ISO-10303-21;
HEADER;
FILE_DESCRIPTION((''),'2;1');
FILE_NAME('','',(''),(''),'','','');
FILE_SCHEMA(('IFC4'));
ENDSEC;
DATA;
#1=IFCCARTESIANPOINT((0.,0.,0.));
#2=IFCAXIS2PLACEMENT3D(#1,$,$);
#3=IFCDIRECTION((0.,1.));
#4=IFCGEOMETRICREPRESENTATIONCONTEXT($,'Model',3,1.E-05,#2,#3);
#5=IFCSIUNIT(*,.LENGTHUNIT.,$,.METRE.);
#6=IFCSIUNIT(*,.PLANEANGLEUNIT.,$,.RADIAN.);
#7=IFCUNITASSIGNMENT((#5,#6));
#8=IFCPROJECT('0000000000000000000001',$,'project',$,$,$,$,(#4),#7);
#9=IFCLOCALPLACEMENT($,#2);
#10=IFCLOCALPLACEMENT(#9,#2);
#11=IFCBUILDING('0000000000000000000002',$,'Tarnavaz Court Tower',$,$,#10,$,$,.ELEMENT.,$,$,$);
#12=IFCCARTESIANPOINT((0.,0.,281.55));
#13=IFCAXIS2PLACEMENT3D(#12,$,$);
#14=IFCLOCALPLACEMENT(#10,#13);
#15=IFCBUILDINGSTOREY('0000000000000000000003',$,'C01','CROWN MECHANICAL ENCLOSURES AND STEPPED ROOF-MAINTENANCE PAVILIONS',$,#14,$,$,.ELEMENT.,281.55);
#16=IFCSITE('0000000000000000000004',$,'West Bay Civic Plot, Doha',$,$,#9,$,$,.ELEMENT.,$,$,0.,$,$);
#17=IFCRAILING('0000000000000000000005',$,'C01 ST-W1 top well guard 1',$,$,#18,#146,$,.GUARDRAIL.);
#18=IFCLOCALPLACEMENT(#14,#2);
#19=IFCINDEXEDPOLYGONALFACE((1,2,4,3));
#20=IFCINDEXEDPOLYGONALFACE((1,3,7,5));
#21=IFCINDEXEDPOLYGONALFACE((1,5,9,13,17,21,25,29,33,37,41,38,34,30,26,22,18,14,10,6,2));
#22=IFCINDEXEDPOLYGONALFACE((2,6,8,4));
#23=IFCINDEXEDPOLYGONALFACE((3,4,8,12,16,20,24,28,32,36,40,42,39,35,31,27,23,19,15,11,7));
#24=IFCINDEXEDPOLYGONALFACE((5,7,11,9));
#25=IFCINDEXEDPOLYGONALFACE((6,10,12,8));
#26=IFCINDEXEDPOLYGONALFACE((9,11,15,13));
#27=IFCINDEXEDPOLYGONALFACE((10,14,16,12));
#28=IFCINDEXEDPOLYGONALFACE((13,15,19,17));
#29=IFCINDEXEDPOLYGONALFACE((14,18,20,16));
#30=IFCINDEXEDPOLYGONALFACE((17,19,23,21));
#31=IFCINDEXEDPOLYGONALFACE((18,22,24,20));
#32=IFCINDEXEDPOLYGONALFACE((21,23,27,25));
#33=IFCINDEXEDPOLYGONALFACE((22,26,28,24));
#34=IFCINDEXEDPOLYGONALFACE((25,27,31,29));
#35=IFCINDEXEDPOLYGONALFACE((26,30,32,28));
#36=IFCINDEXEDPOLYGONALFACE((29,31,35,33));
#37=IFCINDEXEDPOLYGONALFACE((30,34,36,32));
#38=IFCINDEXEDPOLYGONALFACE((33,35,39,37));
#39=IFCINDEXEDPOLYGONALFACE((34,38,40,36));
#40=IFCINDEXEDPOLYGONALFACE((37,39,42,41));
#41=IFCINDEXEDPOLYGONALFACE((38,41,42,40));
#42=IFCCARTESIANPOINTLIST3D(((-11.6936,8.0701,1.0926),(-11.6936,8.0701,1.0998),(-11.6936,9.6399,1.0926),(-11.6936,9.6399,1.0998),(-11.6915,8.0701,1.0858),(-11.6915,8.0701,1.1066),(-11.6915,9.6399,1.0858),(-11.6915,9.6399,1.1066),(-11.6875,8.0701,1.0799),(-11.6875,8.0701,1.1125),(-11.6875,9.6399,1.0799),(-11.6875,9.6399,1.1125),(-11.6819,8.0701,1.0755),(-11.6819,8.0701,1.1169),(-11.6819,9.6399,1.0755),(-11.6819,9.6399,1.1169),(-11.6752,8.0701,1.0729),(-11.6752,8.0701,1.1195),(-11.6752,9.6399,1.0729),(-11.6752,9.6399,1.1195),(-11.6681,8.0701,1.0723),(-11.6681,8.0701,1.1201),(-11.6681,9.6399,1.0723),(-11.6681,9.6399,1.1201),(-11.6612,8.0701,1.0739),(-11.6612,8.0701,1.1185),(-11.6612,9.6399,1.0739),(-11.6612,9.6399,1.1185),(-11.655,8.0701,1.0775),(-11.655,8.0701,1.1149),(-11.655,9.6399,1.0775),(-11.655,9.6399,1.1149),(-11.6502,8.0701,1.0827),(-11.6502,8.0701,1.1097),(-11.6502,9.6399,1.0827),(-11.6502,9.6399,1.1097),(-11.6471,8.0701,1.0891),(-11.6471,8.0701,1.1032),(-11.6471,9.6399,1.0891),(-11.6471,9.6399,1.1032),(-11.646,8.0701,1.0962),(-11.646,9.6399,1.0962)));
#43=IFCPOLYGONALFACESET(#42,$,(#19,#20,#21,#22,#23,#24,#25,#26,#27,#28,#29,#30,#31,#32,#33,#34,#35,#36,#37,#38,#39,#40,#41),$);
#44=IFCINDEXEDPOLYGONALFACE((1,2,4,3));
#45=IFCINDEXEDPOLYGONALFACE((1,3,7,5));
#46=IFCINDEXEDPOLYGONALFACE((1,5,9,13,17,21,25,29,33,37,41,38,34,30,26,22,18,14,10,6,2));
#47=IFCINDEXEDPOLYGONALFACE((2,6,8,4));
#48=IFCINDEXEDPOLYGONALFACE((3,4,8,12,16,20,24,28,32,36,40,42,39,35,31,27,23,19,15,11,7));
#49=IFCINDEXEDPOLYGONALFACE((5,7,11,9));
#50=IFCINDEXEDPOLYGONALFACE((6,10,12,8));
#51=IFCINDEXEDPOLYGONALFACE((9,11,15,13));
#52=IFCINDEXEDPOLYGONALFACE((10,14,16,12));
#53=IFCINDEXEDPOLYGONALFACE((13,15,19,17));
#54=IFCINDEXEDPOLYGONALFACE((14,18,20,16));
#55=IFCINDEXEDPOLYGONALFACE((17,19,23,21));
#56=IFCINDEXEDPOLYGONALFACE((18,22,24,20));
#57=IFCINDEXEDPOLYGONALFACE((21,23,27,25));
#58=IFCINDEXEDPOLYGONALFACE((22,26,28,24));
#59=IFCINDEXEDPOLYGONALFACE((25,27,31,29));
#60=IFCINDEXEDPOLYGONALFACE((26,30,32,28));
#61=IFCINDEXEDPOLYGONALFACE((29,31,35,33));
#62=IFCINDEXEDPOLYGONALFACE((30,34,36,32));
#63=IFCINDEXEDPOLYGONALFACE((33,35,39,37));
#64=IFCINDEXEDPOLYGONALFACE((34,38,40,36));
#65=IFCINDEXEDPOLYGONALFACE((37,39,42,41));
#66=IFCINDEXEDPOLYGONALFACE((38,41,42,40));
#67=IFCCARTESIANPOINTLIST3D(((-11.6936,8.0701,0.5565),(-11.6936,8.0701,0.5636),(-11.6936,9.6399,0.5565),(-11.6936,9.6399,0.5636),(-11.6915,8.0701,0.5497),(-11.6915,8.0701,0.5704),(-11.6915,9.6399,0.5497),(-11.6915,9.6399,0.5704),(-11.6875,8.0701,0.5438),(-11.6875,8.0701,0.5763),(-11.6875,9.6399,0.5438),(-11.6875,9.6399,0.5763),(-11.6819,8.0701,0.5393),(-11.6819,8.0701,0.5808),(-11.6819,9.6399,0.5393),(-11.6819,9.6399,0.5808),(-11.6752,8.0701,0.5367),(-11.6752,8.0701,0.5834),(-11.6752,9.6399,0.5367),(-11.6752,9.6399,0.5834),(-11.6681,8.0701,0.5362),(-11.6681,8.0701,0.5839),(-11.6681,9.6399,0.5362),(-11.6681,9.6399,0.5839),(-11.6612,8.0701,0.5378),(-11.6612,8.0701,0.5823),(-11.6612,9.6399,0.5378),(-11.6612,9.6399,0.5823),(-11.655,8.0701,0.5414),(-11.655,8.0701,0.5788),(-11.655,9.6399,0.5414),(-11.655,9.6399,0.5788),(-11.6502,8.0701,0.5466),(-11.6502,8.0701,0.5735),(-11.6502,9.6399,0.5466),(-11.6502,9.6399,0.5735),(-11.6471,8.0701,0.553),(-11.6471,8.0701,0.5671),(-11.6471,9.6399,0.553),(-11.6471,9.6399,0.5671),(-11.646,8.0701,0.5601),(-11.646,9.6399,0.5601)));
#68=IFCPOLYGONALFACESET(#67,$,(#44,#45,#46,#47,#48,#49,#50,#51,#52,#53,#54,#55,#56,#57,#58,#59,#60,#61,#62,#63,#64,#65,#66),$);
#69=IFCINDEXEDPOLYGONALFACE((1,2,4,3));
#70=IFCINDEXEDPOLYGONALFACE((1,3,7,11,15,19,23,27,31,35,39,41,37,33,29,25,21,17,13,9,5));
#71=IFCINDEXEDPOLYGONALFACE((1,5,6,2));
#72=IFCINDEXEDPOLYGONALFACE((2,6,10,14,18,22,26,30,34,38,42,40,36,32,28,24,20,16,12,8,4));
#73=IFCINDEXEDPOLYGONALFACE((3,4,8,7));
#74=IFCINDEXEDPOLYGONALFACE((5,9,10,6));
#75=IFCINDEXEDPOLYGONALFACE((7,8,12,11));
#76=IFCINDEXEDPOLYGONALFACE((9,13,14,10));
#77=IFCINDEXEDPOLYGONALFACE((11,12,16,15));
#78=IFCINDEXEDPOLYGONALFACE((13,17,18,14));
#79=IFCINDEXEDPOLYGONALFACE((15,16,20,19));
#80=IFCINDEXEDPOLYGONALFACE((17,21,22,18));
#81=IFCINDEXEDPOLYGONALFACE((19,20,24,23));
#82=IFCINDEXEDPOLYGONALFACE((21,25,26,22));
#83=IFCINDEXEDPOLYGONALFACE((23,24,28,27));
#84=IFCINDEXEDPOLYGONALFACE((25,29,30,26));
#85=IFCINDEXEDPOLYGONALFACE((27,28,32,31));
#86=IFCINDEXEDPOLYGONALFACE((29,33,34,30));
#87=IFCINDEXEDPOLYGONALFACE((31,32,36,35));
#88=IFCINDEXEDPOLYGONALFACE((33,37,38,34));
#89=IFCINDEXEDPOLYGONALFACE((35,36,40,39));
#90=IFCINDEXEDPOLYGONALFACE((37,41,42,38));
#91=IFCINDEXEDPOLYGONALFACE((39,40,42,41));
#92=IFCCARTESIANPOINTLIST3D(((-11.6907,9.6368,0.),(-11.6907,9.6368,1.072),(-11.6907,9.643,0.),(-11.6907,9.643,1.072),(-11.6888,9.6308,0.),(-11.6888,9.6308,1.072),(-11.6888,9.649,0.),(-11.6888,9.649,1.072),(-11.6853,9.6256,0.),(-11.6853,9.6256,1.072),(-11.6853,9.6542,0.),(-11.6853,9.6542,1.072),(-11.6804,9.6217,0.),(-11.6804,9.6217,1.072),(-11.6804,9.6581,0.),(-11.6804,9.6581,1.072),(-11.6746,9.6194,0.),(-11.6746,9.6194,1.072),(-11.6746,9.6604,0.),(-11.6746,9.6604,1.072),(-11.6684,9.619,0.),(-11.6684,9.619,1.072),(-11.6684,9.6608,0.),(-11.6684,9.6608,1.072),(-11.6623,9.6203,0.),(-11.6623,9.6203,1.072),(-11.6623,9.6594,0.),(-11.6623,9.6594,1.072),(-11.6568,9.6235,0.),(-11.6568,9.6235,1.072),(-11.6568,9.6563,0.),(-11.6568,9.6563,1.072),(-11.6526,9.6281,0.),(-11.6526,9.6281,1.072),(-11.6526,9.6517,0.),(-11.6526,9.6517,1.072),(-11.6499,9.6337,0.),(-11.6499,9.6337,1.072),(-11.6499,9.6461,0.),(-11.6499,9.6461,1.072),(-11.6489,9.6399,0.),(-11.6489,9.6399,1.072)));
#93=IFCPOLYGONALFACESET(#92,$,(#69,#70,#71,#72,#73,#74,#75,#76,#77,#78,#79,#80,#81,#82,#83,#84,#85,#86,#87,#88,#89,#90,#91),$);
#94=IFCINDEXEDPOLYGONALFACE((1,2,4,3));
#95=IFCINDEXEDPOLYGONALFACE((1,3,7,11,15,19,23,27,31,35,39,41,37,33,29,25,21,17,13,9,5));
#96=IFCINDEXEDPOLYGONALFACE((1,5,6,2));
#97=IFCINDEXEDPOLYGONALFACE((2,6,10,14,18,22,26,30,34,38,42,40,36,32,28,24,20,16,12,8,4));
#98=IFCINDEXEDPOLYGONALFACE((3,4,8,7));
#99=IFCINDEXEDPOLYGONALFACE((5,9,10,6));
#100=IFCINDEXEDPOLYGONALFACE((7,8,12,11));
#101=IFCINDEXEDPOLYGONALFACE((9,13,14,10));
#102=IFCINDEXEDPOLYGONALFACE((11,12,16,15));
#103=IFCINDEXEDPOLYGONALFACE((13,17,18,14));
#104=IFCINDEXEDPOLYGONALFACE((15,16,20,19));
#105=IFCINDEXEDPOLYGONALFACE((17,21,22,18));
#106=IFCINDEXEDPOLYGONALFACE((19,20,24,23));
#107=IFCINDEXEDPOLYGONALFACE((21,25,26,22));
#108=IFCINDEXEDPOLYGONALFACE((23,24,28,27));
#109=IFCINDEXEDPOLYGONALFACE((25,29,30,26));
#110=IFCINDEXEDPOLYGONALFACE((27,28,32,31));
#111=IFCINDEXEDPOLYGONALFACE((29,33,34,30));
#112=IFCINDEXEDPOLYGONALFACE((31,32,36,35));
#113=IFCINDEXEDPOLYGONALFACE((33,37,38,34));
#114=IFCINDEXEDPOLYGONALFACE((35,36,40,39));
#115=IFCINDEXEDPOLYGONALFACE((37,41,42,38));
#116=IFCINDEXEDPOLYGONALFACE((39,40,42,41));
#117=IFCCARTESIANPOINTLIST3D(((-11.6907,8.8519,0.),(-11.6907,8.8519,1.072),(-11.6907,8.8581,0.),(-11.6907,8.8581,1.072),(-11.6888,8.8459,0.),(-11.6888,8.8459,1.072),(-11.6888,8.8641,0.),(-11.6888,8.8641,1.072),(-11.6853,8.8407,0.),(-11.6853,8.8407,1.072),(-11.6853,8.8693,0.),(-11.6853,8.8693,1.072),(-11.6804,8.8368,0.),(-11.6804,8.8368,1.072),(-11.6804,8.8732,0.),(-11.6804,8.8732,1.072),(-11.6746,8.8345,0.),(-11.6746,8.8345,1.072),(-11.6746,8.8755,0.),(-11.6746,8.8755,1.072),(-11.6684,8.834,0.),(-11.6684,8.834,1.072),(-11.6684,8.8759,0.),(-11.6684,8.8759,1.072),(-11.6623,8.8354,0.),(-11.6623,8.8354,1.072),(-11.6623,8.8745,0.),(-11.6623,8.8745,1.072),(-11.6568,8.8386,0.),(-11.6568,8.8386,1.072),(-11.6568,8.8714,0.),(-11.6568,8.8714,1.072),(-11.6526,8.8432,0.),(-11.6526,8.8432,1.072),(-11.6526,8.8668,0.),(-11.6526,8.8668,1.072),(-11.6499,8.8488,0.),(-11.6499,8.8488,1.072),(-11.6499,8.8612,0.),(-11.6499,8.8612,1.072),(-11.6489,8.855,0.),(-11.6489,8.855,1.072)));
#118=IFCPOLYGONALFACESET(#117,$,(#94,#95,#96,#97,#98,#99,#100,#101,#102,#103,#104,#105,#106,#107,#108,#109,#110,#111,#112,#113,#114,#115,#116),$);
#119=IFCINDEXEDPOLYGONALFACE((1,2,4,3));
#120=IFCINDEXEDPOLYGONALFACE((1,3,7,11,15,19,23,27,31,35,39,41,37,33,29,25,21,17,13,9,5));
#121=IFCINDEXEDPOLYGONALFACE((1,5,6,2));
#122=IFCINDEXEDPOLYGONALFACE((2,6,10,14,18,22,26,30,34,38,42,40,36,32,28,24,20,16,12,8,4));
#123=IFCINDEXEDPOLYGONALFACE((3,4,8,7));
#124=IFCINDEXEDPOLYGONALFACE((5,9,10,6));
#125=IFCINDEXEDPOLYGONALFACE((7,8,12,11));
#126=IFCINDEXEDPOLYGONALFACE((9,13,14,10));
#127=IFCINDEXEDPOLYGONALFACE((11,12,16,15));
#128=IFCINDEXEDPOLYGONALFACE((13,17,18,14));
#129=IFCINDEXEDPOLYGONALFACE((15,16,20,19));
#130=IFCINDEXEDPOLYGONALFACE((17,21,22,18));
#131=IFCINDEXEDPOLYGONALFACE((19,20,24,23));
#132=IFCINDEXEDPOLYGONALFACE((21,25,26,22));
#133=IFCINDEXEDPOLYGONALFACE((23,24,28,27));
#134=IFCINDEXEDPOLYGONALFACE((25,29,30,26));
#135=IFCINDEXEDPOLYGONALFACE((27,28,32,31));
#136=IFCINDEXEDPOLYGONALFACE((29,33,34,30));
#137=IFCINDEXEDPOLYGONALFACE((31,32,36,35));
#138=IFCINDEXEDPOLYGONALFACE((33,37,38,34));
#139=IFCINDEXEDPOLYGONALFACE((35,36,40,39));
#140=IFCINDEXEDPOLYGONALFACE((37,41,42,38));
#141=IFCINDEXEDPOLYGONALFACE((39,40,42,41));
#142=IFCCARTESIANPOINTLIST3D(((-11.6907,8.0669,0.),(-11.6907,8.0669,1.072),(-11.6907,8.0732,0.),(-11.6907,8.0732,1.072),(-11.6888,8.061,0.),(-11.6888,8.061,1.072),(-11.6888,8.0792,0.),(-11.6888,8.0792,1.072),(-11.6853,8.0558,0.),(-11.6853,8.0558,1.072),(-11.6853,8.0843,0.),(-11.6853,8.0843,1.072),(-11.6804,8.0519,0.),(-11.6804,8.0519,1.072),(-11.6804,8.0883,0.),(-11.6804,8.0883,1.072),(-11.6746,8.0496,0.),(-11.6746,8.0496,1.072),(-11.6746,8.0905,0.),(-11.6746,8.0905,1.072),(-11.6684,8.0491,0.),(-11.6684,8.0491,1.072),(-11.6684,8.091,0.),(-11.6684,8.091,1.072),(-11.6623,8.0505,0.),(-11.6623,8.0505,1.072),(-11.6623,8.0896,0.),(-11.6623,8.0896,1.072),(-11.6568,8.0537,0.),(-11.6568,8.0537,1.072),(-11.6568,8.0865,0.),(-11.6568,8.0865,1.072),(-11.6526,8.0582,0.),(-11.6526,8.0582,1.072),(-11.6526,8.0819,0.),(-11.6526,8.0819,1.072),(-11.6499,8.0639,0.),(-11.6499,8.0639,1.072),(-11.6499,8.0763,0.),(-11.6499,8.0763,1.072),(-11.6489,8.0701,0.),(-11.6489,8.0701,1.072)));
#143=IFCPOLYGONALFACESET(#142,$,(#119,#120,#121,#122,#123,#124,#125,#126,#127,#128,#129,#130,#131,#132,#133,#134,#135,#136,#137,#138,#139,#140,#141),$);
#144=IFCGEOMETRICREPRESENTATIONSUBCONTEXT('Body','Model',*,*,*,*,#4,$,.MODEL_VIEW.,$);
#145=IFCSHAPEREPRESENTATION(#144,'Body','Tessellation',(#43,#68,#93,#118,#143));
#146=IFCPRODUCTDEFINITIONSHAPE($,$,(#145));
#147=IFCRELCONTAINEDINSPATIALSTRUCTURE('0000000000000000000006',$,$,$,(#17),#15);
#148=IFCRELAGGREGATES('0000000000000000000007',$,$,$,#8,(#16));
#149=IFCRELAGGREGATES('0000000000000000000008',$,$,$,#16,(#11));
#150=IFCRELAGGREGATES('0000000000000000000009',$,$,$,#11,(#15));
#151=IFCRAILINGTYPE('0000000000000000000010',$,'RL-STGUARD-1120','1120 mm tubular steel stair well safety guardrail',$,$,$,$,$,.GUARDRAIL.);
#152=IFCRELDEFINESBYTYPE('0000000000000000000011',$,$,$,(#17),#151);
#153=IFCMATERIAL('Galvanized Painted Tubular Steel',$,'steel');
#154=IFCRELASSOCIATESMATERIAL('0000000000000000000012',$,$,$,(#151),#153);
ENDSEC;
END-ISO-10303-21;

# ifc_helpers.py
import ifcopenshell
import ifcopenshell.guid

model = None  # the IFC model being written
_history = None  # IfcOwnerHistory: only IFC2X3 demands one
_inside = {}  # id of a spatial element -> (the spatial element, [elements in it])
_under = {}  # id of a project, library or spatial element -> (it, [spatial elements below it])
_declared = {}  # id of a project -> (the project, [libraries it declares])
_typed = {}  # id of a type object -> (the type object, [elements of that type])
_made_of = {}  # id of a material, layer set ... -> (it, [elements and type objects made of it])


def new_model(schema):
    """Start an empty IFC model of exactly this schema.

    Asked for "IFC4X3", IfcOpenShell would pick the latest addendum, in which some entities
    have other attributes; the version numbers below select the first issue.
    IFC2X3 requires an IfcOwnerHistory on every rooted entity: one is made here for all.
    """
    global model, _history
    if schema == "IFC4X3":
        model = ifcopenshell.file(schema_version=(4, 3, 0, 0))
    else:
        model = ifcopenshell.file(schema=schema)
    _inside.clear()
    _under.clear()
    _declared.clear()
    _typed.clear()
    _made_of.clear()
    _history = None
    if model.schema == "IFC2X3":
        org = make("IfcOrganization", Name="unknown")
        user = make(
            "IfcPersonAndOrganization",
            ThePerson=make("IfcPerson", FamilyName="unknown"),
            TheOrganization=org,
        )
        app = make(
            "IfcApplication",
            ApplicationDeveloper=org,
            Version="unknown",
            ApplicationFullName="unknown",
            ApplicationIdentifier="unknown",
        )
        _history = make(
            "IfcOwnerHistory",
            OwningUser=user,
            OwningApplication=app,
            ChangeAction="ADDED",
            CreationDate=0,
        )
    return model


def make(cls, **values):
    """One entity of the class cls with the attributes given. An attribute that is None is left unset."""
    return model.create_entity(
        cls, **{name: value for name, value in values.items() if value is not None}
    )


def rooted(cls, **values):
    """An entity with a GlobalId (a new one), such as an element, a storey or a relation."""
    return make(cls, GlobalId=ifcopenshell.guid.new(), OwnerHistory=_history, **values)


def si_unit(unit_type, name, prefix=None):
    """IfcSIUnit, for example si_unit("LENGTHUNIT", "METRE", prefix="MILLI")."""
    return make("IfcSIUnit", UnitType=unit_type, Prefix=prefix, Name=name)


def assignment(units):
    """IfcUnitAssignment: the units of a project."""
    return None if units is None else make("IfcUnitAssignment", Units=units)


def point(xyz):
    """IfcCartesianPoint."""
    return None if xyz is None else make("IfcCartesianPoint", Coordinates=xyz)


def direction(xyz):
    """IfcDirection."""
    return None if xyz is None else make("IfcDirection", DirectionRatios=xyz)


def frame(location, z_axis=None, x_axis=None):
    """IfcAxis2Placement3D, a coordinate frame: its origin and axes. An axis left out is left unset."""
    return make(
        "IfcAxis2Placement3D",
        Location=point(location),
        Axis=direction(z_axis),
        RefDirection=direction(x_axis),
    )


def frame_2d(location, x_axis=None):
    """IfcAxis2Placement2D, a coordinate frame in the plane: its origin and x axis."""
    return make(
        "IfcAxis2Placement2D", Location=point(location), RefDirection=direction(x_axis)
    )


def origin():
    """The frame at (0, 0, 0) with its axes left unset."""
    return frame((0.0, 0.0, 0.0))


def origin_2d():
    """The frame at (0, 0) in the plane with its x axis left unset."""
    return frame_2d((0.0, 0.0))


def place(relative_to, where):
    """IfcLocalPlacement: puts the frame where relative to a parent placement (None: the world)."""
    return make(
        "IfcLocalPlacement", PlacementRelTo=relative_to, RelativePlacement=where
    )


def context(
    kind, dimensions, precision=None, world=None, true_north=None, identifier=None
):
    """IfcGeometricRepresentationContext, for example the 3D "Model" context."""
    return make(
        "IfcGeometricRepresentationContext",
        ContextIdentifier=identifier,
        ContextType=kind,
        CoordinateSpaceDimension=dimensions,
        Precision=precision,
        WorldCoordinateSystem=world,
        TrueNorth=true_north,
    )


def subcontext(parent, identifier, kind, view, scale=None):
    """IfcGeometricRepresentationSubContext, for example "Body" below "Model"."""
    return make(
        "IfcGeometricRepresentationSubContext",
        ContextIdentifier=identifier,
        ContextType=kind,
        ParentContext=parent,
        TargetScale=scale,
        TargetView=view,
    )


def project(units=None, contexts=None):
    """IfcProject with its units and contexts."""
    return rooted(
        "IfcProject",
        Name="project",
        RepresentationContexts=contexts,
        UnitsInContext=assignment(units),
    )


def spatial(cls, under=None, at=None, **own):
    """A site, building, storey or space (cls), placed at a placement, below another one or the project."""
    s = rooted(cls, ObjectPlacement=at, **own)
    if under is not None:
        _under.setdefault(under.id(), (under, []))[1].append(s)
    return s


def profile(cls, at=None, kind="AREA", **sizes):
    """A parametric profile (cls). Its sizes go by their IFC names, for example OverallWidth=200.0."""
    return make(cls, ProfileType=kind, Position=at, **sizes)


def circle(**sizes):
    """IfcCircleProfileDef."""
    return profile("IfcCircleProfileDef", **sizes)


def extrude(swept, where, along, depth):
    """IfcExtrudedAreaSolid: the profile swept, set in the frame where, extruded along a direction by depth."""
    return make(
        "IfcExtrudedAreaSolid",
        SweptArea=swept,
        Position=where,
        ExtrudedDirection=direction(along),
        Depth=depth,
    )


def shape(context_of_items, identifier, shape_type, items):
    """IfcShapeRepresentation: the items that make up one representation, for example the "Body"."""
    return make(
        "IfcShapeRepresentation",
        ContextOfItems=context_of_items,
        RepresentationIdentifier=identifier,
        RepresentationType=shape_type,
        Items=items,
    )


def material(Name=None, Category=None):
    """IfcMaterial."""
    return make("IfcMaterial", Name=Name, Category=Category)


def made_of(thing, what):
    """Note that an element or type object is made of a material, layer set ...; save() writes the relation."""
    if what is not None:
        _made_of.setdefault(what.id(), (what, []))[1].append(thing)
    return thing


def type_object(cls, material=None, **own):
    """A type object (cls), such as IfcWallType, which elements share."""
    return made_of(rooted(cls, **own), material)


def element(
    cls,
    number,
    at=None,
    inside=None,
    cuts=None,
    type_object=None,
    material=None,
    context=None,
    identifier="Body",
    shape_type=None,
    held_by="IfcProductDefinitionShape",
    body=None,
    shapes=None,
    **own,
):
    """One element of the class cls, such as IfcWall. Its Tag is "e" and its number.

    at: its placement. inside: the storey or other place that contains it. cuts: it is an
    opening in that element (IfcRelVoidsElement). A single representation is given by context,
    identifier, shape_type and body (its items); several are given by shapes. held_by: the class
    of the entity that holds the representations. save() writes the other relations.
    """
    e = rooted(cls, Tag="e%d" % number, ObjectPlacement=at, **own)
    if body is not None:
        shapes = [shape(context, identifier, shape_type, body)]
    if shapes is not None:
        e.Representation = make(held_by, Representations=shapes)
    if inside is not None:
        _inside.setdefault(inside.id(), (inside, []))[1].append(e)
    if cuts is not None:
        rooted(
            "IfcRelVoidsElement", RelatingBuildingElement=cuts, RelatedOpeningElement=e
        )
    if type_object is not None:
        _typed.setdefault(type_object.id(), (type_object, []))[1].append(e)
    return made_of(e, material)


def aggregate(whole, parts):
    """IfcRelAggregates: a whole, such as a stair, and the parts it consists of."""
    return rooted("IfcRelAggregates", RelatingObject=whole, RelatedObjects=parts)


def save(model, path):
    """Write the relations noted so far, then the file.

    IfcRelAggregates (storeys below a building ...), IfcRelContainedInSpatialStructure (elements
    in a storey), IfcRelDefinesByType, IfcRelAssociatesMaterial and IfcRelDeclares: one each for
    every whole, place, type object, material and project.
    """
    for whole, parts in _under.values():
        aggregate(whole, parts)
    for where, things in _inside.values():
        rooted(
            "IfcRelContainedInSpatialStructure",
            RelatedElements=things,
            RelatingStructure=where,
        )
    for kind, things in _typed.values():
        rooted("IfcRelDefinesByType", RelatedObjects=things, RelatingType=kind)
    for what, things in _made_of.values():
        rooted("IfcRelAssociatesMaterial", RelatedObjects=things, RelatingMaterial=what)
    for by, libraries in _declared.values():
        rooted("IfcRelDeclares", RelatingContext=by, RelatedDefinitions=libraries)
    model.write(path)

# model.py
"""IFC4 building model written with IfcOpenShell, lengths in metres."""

from ifc_helpers import new_model, si_unit, direction, frame, origin, origin_2d, place, context, subcontext, project, spatial, circle, extrude, material, type_object, element, save


model = new_model("IFC4")

# Units and contexts
model_context = context("Model", 3, precision=1e-05, world=origin(), true_north=direction((0.0, 1.0)))
body_context = subcontext(model_context, "Body", "Model", "MODEL_VIEW")
ifc_project = project(units=[si_unit("LENGTHUNIT", "METRE"), si_unit("PLANEANGLEUNIT", "RADIAN")], contexts=[model_context])

# Site, building, storey
site_placement = place(None, origin())
site = spatial("IfcSite", under=ifc_project, at=site_placement, Name="West Bay Civic Plot, Doha", CompositionType="ELEMENT", RefElevation=0.0)
building_placement = place(site_placement, origin())
building = spatial("IfcBuilding", under=site, at=building_placement, Name="Tarnavaz Court Tower", CompositionType="ELEMENT")
storey_placement = place(building_placement, frame((0.0, 0.0, 281.55)))
storey = spatial("IfcBuildingStorey", under=building, at=storey_placement, Name="C01", Description="CROWN MECHANICAL ENCLOSURES AND STEPPED ROOF-MAINTENANCE PAVILIONS", CompositionType="ELEMENT", Elevation=281.55)

# Railing
ifc_material_1 = material(Name="Galvanized Painted Tubular Steel", Category="steel")
railing_type = type_object("IfcRailingType", Name="RL-STGUARD-1120", Description="1120 mm tubular steel stair well safety guardrail", PredefinedType="GUARDRAIL", material=ifc_material_1)
railing_placement = place(storey_placement, frame((-11.6699, 9.6399, 0.0)))
element("IfcRailing", 1, at=railing_placement, inside=storey, type_object=railing_type, Name="C01 ST-W1 top well guard 1", PredefinedType="GUARDRAIL", context=body_context, shape_type="SweptSolid", body=[
    extrude(circle(Radius=0.0239, at=origin_2d()), frame((0.0, 0.0, 1.0962), z_axis=(0.0, -1.0, 0.0), x_axis=(1.0, 0.0, 0.0)), (0.0, 0.0, 1.0), 1.5698),
    extrude(circle(Radius=0.0239, at=origin_2d()), frame((0.0, 0.0, 0.5601), z_axis=(0.0, -1.0, 0.0), x_axis=(1.0, 0.0, 0.0)), (0.0, 0.0, 1.0), 1.5698),
    extrude(circle(Radius=0.021, at=origin_2d()), origin(), (0.0, 0.0, 1.0), 1.072),
    extrude(circle(Radius=0.021, at=origin_2d()), frame((0.0, -0.7849, 0.0)), (0.0, 0.0, 1.0), 1.072),
    extrude(circle(Radius=0.021, at=origin_2d()), frame((0.0, -1.5698, 0.0)), (0.0, 0.0, 1.0), 1.072),
])

save(model, "model.ifc")
